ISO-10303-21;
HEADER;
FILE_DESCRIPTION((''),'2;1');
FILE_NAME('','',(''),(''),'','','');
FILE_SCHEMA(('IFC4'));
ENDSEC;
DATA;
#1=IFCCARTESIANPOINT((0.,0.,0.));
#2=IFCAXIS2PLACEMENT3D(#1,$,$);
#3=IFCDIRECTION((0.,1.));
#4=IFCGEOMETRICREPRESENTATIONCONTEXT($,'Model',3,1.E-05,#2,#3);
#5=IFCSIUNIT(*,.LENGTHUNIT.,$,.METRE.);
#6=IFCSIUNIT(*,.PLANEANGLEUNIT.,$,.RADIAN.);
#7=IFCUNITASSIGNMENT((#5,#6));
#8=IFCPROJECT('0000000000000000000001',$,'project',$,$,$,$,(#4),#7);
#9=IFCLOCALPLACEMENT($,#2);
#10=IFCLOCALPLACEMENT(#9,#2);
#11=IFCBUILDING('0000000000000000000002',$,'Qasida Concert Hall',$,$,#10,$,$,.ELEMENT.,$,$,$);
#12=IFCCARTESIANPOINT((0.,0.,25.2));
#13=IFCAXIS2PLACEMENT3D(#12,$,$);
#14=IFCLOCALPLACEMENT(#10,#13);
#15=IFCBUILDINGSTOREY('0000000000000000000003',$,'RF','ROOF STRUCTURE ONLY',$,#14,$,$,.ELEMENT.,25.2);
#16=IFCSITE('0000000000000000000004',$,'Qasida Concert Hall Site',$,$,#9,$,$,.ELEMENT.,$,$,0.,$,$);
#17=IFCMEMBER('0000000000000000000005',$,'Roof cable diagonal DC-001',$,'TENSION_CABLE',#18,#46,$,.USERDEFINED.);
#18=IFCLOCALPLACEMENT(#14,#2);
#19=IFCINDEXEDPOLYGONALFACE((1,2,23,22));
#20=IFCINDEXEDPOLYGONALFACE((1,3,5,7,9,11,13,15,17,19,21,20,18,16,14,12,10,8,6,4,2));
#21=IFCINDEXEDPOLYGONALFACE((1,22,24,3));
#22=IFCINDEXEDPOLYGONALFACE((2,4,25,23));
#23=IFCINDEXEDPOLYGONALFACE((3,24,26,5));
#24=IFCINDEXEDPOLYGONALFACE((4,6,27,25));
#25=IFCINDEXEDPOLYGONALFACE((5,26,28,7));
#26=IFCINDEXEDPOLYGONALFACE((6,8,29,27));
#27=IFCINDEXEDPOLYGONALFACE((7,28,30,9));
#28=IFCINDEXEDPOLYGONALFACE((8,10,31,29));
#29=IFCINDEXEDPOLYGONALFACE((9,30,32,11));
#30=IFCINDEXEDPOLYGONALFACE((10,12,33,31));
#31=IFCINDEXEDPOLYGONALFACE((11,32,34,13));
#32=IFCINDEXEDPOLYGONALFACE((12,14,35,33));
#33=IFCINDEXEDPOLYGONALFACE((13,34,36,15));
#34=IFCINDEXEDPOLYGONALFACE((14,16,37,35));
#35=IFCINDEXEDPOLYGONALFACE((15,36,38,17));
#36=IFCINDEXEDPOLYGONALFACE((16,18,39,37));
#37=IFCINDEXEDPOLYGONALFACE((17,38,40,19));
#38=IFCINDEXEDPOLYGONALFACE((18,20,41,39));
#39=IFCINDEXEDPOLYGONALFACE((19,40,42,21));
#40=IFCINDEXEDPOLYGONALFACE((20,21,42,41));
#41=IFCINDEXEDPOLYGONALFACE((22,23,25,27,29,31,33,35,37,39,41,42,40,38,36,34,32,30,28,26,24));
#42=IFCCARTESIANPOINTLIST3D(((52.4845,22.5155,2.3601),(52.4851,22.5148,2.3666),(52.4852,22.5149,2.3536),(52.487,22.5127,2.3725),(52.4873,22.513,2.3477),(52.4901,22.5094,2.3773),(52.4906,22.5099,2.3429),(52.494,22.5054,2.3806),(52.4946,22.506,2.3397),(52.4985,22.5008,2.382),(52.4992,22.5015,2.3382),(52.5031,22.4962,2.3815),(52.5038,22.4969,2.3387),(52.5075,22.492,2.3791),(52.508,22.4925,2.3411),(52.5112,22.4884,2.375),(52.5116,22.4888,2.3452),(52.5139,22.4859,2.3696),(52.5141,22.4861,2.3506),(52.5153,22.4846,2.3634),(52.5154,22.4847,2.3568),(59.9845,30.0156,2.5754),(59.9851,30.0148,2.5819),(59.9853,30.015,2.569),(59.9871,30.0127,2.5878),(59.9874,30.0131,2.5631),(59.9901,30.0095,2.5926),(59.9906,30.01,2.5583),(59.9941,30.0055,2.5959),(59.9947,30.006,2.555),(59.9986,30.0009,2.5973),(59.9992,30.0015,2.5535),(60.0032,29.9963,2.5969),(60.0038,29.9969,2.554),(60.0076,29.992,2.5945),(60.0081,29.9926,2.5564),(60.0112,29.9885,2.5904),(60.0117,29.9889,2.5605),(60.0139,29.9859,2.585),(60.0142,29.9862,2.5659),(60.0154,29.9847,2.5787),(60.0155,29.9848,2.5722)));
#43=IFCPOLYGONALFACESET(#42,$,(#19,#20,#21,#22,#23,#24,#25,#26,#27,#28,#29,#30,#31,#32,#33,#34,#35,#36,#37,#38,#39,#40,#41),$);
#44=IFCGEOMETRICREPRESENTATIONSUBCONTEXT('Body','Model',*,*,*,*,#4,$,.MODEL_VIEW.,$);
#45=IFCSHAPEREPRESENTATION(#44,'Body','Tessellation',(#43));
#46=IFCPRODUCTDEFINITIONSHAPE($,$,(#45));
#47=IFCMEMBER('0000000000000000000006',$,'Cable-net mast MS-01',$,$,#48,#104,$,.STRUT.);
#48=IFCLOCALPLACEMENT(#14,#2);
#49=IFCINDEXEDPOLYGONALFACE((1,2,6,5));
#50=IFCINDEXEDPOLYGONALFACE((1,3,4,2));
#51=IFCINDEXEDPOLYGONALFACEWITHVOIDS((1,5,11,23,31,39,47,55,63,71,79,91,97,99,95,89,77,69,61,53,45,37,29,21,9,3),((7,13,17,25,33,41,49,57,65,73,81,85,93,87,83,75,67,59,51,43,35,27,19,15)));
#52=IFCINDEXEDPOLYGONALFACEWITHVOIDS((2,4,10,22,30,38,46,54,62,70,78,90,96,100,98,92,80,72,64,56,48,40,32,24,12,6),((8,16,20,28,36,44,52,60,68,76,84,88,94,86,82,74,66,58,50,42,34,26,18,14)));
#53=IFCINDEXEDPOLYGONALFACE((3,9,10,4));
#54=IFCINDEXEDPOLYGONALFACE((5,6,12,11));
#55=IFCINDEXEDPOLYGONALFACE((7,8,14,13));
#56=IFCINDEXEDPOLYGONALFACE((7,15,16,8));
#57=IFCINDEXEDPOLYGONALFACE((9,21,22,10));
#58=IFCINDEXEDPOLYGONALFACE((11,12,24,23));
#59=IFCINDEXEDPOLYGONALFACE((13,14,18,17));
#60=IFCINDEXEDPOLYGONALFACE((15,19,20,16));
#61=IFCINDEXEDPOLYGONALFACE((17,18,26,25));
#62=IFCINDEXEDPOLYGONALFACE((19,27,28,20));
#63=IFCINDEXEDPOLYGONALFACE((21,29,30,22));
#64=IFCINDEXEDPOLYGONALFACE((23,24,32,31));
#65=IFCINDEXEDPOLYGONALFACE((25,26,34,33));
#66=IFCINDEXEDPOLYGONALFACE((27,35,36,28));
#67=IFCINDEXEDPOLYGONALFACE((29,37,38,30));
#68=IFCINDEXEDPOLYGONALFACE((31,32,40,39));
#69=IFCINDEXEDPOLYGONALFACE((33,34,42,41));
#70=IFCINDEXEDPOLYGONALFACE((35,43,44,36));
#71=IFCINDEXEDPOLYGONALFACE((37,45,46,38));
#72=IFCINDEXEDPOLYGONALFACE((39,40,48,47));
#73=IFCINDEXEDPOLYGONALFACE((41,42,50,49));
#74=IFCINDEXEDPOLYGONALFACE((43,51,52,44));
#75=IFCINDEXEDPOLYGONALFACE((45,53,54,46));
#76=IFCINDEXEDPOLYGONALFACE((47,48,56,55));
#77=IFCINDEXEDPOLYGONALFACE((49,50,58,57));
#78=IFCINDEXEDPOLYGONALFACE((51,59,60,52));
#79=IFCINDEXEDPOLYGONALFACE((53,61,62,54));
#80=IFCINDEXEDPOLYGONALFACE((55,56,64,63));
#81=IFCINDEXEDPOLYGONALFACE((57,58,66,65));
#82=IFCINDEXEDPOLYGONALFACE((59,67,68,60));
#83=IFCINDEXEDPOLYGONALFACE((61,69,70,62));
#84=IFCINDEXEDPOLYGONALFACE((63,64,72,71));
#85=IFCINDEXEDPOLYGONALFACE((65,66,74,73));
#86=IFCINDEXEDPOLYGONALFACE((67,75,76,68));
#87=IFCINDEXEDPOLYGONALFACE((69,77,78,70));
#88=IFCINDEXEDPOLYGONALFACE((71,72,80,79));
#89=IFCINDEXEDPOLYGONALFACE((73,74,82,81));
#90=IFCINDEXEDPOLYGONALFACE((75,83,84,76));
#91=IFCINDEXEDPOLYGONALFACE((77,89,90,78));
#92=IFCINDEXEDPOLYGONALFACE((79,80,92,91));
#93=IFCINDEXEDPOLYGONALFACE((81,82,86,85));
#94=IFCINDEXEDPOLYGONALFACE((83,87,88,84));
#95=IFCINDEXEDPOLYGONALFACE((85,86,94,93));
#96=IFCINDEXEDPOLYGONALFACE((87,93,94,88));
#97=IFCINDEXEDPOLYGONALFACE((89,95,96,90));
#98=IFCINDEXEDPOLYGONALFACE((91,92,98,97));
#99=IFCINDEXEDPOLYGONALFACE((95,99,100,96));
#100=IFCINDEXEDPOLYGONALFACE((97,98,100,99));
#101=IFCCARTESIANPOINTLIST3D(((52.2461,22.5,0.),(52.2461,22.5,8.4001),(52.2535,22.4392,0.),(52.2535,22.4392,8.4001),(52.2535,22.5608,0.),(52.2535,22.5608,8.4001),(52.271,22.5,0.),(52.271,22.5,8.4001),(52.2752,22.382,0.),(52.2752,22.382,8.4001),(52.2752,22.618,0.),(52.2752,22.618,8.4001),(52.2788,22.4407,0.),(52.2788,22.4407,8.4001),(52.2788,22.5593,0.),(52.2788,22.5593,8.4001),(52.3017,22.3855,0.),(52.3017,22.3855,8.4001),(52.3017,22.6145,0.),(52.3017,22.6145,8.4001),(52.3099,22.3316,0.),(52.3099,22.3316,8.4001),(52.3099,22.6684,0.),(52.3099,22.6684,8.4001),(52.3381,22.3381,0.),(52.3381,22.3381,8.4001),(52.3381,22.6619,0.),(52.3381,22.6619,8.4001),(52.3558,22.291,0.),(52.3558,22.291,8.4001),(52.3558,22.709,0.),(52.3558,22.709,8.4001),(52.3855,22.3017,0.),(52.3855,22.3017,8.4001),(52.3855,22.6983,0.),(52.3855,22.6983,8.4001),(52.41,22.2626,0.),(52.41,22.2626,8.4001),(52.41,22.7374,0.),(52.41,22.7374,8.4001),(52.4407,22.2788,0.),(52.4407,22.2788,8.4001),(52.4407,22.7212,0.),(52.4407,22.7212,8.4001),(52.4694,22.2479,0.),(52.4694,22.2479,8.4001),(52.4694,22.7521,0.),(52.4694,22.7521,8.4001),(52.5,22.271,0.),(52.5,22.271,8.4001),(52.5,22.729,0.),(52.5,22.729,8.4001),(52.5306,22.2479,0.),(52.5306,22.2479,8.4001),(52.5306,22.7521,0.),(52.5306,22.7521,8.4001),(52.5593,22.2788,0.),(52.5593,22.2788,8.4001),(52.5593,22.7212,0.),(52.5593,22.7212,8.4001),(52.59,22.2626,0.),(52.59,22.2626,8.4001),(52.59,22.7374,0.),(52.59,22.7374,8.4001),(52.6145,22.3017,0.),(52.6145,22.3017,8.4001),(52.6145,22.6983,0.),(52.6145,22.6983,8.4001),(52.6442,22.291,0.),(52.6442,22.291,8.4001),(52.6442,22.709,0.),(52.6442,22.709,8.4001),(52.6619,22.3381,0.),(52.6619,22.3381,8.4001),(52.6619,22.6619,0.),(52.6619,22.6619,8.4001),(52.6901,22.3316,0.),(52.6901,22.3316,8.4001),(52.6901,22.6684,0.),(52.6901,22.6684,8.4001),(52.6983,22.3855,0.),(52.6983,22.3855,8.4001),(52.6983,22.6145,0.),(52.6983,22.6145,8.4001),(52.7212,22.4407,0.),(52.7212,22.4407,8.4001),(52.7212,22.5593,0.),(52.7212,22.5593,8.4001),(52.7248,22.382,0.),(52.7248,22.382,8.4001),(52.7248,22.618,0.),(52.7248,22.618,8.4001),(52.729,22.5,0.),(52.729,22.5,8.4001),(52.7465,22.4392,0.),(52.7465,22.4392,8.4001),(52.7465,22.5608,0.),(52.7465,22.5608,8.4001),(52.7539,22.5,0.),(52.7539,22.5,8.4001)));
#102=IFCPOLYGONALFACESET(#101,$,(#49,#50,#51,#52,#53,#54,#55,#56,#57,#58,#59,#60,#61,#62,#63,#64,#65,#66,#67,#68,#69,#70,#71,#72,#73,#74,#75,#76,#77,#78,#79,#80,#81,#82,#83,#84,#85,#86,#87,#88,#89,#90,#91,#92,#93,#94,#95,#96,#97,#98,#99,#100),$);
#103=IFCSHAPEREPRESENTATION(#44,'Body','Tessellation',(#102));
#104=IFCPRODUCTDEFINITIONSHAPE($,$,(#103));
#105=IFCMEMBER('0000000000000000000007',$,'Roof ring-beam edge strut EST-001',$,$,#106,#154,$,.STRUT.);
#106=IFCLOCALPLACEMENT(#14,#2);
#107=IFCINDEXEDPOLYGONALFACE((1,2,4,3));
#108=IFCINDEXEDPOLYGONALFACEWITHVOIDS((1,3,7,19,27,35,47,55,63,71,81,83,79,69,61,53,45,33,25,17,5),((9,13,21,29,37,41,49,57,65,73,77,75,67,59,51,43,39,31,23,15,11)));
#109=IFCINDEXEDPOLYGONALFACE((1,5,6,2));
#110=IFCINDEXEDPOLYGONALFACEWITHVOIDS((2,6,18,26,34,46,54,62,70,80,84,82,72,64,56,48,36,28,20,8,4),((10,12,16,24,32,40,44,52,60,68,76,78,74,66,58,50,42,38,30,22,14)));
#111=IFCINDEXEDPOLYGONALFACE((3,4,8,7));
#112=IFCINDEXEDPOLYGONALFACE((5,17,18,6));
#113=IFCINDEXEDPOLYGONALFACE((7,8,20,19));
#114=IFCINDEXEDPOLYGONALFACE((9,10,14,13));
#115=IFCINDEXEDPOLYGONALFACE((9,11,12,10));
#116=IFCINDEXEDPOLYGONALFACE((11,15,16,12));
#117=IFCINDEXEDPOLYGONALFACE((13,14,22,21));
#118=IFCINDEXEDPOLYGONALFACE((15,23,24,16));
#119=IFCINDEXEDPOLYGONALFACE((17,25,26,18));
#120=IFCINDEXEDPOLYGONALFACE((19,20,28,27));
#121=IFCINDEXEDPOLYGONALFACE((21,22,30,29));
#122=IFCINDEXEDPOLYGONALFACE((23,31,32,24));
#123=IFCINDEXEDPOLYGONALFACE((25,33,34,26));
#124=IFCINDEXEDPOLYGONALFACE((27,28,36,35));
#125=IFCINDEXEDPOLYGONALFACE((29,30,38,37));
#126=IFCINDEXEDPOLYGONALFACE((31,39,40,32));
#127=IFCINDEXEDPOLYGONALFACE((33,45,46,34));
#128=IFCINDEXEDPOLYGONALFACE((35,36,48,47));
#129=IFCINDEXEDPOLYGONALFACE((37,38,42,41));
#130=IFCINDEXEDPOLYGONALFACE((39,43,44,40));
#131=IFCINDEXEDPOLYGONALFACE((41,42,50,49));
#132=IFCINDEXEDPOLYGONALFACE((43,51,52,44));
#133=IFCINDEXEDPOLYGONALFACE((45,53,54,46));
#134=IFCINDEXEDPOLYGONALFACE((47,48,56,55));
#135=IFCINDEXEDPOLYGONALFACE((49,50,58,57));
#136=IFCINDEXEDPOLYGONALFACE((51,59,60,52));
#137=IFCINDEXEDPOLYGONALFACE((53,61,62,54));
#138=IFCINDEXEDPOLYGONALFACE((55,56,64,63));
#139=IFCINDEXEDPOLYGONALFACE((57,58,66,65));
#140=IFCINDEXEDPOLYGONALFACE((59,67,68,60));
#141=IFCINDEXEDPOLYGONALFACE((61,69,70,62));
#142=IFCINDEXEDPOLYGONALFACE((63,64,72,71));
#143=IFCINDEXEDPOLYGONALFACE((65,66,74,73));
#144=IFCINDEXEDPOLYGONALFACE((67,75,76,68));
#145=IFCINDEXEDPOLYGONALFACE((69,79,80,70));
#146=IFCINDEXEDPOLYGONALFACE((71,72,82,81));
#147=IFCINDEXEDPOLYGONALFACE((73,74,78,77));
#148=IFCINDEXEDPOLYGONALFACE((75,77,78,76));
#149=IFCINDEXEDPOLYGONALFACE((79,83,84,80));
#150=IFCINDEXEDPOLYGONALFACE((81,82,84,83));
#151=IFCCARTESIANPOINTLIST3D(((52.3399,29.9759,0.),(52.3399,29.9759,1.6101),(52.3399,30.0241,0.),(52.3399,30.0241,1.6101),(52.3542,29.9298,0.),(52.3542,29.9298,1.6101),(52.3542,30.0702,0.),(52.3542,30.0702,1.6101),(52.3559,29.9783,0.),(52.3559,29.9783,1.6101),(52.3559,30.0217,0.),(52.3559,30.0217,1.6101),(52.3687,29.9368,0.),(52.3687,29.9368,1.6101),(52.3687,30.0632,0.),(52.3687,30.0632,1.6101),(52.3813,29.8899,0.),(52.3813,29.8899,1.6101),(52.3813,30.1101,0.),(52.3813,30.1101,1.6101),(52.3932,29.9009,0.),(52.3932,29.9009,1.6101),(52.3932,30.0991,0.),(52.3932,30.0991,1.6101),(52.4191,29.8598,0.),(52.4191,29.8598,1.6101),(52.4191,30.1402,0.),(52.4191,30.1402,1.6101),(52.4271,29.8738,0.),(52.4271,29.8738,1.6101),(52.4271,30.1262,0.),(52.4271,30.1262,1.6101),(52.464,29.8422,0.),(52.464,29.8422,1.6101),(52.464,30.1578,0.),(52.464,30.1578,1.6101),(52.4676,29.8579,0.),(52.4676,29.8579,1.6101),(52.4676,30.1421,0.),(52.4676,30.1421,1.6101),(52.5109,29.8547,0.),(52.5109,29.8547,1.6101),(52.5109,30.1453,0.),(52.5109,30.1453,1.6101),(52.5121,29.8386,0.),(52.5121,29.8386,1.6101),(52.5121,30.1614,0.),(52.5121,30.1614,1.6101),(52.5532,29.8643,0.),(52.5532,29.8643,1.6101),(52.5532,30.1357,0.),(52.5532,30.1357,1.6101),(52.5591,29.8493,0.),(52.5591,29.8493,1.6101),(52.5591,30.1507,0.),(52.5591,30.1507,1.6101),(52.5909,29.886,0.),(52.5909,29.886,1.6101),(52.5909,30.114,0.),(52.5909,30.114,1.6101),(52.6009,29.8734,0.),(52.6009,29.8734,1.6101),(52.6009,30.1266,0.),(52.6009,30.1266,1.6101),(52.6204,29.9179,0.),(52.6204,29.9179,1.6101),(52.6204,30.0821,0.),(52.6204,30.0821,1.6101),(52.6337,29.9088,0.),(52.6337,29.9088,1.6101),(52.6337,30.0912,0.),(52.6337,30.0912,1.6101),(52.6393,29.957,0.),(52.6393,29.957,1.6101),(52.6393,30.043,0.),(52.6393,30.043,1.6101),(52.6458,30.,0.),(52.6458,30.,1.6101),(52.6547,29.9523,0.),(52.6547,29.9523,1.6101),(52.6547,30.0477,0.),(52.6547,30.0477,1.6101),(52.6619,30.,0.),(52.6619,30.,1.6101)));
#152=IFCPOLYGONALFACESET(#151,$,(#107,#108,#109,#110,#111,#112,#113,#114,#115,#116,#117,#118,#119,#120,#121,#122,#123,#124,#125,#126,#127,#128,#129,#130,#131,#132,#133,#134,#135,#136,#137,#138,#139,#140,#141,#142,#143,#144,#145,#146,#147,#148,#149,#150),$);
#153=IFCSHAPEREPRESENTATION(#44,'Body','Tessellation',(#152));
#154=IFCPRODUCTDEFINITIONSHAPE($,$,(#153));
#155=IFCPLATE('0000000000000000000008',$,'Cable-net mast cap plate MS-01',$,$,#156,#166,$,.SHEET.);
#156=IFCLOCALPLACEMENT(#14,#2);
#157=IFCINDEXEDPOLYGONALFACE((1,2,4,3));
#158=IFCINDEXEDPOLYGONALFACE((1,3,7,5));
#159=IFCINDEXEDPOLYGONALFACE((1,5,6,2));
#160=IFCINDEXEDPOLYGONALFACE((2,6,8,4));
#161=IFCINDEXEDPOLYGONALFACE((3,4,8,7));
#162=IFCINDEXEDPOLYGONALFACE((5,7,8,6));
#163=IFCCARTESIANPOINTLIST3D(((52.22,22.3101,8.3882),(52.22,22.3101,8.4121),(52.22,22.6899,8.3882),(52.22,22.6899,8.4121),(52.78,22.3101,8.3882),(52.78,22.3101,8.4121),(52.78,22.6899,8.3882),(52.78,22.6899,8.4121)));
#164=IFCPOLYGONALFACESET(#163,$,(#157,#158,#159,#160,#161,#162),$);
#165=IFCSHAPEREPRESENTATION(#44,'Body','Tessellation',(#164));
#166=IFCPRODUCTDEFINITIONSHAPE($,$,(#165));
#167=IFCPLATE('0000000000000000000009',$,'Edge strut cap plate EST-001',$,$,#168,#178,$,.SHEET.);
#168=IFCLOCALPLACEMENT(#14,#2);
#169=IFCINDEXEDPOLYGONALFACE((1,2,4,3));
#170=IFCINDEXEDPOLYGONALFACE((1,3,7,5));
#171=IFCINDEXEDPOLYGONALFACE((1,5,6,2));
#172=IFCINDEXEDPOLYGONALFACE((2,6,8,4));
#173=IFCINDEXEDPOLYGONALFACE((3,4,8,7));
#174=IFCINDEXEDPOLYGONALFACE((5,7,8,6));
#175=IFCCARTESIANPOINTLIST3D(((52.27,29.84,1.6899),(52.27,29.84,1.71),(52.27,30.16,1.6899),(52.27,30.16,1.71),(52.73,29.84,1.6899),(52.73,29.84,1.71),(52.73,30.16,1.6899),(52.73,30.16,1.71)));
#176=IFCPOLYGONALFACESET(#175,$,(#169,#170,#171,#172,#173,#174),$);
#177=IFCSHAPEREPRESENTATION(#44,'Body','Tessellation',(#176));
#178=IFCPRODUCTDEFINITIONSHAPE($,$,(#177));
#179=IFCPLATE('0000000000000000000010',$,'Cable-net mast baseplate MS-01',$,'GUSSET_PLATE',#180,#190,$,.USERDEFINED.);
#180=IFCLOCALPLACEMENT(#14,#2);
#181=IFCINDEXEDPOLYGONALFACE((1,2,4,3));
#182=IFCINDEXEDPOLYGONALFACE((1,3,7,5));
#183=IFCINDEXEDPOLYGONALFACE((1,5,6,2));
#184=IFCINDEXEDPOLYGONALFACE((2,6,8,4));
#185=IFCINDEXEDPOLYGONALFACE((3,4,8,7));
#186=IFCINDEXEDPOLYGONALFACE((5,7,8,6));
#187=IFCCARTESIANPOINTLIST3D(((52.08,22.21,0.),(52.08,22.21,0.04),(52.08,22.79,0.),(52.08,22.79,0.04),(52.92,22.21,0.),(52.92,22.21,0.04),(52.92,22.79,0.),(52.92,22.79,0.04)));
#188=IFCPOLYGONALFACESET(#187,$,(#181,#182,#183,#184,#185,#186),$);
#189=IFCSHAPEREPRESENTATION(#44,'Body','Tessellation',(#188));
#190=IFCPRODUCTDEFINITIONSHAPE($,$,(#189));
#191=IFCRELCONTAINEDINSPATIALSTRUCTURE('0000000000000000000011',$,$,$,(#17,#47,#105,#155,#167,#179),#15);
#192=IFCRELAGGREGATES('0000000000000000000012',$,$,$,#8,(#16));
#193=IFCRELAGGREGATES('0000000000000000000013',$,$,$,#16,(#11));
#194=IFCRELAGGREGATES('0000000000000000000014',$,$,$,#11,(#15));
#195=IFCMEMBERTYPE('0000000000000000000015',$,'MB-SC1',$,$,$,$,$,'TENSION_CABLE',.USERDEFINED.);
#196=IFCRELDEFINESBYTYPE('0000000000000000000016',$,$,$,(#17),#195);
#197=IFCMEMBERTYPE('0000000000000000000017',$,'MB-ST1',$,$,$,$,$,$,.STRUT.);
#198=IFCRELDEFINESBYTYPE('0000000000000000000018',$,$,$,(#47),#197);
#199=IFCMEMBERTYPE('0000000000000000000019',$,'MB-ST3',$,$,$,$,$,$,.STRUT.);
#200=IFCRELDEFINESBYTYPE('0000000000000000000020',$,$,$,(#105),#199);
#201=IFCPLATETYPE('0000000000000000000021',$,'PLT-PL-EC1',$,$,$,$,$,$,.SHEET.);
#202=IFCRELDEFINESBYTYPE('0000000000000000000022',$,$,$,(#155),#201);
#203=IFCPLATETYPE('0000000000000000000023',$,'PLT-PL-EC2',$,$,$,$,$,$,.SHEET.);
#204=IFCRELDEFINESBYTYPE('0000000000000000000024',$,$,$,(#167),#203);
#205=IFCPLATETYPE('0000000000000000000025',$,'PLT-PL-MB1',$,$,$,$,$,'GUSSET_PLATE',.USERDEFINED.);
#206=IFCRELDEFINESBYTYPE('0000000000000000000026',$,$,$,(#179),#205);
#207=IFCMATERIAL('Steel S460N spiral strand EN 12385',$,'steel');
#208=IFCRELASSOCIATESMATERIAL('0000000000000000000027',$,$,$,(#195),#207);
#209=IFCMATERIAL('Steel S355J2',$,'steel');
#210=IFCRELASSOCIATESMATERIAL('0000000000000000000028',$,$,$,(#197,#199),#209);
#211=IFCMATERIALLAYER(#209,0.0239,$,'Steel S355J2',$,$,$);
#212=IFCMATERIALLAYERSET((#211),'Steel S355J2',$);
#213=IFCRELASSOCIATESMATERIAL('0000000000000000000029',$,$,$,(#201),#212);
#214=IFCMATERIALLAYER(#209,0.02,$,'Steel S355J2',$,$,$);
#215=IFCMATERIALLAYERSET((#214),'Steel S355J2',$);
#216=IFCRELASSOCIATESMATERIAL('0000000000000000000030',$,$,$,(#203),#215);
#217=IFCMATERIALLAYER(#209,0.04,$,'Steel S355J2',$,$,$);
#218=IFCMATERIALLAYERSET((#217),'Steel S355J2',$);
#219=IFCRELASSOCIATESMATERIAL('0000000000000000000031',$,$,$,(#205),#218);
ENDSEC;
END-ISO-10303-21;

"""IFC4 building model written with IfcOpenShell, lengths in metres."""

from ifc_helpers import new_model, si_unit, direction, frame, origin, origin_2d, place, context, subcontext, project, spatial, rectangle, circle, hollow_circle, extrude, material, layer, layer_set, material_profile, profile_set, type_object, element, save


model = new_model("IFC4")

# Units and contexts
model_context = context("Model", 3, precision=1e-05, world=origin(), true_north=direction((0.0, 1.0)))
body_context = subcontext(model_context, "Body", "Model", "MODEL_VIEW")
ifc_project = project(units=[si_unit("LENGTHUNIT", "METRE"), si_unit("PLANEANGLEUNIT", "RADIAN")], contexts=[model_context])

# Site, building, storey
site_placement = place(None, origin())
site = spatial("IfcSite", under=ifc_project, at=site_placement, Name="Qasida Concert Hall Site", CompositionType="ELEMENT", RefElevation=0.0)
building_placement = place(site_placement, origin())
building = spatial("IfcBuilding", under=site, at=building_placement, Name="Qasida Concert Hall", CompositionType="ELEMENT")
storey_placement = place(building_placement, frame((0.0, 0.0, 25.2)))
storey = spatial("IfcBuildingStorey", under=building, at=storey_placement, Name="RF", Description="ROOF STRUCTURE ONLY", CompositionType="ELEMENT", Elevation=25.2)

# Members
ifc_material_1 = material(Name="Steel S460N spiral strand EN 12385", Category="steel")
ifc_material_profile_1 = material_profile(ifc_material_1, circle(Radius=0.022, at=origin_2d()), Name="STRAND D44")
ifc_profile_set_1 = profile_set([ifc_material_profile_1], Name="Steel S460N spiral strand EN 12385")
member_type_1 = type_object("IfcMemberType", Name="MB-SC1", ElementType="TENSION_CABLE", PredefinedType="USERDEFINED", material=ifc_profile_set_1)
member_1_placement = place(storey_placement, frame((52.5, 22.5, 2.3601), z_axis=(0.706961, 0.706961, 0.020298), x_axis=(-0.707107, 0.707107, 0.0)))
element("IfcMember", 1, at=member_1_placement, inside=storey, type_object=member_type_1, Name="Roof cable diagonal DC-001", ObjectType="TENSION_CABLE", PredefinedType="USERDEFINED", context=body_context, shape_type="SweptSolid", body=[
    extrude(circle(Radius=0.022, at=origin_2d()), origin(), (0.0, 0.0, 1.0), 10.6089),
])
ifc_material_2 = material(Name="Steel S355J2", Category="steel")
ifc_material_profile_2 = material_profile(ifc_material_2, hollow_circle(Radius=0.2539, WallThickness=0.0249, at=origin_2d()), Name="CHS 508x25")
ifc_profile_set_2 = profile_set([ifc_material_profile_2], Name="Steel S355J2")
member_type_2 = type_object("IfcMemberType", Name="MB-ST1", PredefinedType="STRUT", material=ifc_profile_set_2)
member_2_placement = place(storey_placement, frame((52.5, 22.5, 0.0), z_axis=(0.0, 0.0, 1.0), x_axis=(1.0, 0.0, 0.0)))
element("IfcMember", 2, at=member_2_placement, inside=storey, type_object=member_type_2, Name="Cable-net mast MS-01", PredefinedType="STRUT", context=body_context, shape_type="SweptSolid", body=[
    extrude(hollow_circle(Radius=0.2539, WallThickness=0.0249, at=origin_2d()), origin(), (0.0, 0.0, 1.0), 8.4001),
])
ifc_material_profile_3 = material_profile(ifc_material_2, hollow_circle(Radius=0.1619, WallThickness=0.0161, at=origin_2d()), Name="CHS 323.9x16")
ifc_profile_set_3 = profile_set([ifc_material_profile_3], Name="Steel S355J2")
member_type_3 = type_object("IfcMemberType", Name="MB-ST3", PredefinedType="STRUT", material=ifc_profile_set_3)
member_3_placement = place(storey_placement, frame((52.5, 30.0, 0.0), z_axis=(0.0, 0.0, 1.0), x_axis=(1.0, 0.0, 0.0)))
element("IfcMember", 3, at=member_3_placement, inside=storey, type_object=member_type_3, Name="Roof ring-beam edge strut EST-001", PredefinedType="STRUT", context=body_context, shape_type="SweptSolid", body=[
    extrude(hollow_circle(Radius=0.1619, WallThickness=0.0161, at=origin_2d()), origin(), (0.0, 0.0, 1.0), 1.6101),
])

# Plates
ifc_layer_1 = layer(ifc_material_2, 0.0239, Name="Steel S355J2")
ifc_layer_set_1 = layer_set([ifc_layer_1], Name="Steel S355J2")
plate_type_1 = type_object("IfcPlateType", Name="PLT-PL-EC1", PredefinedType="SHEET", material=ifc_layer_set_1)
plate_1_placement = place(storey_placement, frame((52.5, 22.5, 8.3882), z_axis=(0.0, 0.0, 1.0), x_axis=(1.0, 0.0, 0.0)))
element("IfcPlate", 4, at=plate_1_placement, inside=storey, type_object=plate_type_1, Name="Cable-net mast cap plate MS-01", PredefinedType="SHEET", context=body_context, shape_type="SweptSolid", body=[
    extrude(rectangle(XDim=0.5601, YDim=0.3799, at=origin_2d()), origin(), (0.0, 0.0, 1.0), 0.0239),
])
ifc_layer_2 = layer(ifc_material_2, 0.02, Name="Steel S355J2")
ifc_layer_set_2 = layer_set([ifc_layer_2], Name="Steel S355J2")
plate_type_2 = type_object("IfcPlateType", Name="PLT-PL-EC2", PredefinedType="SHEET", material=ifc_layer_set_2)
plate_2_placement = place(storey_placement, frame((52.5, 30.0, 1.6899), z_axis=(0.0, 0.0, 1.0), x_axis=(1.0, 0.0, 0.0)))
element("IfcPlate", 5, at=plate_2_placement, inside=storey, type_object=plate_type_2, Name="Edge strut cap plate EST-001", PredefinedType="SHEET", context=body_context, shape_type="SweptSolid", body=[
    extrude(rectangle(XDim=0.46, YDim=0.3201, at=origin_2d()), origin(), (0.0, 0.0, 1.0), 0.02),
])
ifc_layer_3 = layer(ifc_material_2, 0.04, Name="Steel S355J2")
ifc_layer_set_3 = layer_set([ifc_layer_3], Name="Steel S355J2")
plate_type_3 = type_object("IfcPlateType", Name="PLT-PL-MB1", ElementType="GUSSET_PLATE", PredefinedType="USERDEFINED", material=ifc_layer_set_3)
plate_3_placement = place(storey_placement, frame((52.5, 22.5, 0.0), z_axis=(0.0, 0.0, 1.0), x_axis=(1.0, 0.0, 0.0)))
element("IfcPlate", 6, at=plate_3_placement, inside=storey, type_object=plate_type_3, Name="Cable-net mast baseplate MS-01", ObjectType="GUSSET_PLATE", PredefinedType="USERDEFINED", context=body_context, shape_type="SweptSolid", body=[
    extrude(rectangle(XDim=0.8401, YDim=0.5801, at=origin_2d()), origin(), (0.0, 0.0, 1.0), 0.04),
])

save(model, "model.ifc")
